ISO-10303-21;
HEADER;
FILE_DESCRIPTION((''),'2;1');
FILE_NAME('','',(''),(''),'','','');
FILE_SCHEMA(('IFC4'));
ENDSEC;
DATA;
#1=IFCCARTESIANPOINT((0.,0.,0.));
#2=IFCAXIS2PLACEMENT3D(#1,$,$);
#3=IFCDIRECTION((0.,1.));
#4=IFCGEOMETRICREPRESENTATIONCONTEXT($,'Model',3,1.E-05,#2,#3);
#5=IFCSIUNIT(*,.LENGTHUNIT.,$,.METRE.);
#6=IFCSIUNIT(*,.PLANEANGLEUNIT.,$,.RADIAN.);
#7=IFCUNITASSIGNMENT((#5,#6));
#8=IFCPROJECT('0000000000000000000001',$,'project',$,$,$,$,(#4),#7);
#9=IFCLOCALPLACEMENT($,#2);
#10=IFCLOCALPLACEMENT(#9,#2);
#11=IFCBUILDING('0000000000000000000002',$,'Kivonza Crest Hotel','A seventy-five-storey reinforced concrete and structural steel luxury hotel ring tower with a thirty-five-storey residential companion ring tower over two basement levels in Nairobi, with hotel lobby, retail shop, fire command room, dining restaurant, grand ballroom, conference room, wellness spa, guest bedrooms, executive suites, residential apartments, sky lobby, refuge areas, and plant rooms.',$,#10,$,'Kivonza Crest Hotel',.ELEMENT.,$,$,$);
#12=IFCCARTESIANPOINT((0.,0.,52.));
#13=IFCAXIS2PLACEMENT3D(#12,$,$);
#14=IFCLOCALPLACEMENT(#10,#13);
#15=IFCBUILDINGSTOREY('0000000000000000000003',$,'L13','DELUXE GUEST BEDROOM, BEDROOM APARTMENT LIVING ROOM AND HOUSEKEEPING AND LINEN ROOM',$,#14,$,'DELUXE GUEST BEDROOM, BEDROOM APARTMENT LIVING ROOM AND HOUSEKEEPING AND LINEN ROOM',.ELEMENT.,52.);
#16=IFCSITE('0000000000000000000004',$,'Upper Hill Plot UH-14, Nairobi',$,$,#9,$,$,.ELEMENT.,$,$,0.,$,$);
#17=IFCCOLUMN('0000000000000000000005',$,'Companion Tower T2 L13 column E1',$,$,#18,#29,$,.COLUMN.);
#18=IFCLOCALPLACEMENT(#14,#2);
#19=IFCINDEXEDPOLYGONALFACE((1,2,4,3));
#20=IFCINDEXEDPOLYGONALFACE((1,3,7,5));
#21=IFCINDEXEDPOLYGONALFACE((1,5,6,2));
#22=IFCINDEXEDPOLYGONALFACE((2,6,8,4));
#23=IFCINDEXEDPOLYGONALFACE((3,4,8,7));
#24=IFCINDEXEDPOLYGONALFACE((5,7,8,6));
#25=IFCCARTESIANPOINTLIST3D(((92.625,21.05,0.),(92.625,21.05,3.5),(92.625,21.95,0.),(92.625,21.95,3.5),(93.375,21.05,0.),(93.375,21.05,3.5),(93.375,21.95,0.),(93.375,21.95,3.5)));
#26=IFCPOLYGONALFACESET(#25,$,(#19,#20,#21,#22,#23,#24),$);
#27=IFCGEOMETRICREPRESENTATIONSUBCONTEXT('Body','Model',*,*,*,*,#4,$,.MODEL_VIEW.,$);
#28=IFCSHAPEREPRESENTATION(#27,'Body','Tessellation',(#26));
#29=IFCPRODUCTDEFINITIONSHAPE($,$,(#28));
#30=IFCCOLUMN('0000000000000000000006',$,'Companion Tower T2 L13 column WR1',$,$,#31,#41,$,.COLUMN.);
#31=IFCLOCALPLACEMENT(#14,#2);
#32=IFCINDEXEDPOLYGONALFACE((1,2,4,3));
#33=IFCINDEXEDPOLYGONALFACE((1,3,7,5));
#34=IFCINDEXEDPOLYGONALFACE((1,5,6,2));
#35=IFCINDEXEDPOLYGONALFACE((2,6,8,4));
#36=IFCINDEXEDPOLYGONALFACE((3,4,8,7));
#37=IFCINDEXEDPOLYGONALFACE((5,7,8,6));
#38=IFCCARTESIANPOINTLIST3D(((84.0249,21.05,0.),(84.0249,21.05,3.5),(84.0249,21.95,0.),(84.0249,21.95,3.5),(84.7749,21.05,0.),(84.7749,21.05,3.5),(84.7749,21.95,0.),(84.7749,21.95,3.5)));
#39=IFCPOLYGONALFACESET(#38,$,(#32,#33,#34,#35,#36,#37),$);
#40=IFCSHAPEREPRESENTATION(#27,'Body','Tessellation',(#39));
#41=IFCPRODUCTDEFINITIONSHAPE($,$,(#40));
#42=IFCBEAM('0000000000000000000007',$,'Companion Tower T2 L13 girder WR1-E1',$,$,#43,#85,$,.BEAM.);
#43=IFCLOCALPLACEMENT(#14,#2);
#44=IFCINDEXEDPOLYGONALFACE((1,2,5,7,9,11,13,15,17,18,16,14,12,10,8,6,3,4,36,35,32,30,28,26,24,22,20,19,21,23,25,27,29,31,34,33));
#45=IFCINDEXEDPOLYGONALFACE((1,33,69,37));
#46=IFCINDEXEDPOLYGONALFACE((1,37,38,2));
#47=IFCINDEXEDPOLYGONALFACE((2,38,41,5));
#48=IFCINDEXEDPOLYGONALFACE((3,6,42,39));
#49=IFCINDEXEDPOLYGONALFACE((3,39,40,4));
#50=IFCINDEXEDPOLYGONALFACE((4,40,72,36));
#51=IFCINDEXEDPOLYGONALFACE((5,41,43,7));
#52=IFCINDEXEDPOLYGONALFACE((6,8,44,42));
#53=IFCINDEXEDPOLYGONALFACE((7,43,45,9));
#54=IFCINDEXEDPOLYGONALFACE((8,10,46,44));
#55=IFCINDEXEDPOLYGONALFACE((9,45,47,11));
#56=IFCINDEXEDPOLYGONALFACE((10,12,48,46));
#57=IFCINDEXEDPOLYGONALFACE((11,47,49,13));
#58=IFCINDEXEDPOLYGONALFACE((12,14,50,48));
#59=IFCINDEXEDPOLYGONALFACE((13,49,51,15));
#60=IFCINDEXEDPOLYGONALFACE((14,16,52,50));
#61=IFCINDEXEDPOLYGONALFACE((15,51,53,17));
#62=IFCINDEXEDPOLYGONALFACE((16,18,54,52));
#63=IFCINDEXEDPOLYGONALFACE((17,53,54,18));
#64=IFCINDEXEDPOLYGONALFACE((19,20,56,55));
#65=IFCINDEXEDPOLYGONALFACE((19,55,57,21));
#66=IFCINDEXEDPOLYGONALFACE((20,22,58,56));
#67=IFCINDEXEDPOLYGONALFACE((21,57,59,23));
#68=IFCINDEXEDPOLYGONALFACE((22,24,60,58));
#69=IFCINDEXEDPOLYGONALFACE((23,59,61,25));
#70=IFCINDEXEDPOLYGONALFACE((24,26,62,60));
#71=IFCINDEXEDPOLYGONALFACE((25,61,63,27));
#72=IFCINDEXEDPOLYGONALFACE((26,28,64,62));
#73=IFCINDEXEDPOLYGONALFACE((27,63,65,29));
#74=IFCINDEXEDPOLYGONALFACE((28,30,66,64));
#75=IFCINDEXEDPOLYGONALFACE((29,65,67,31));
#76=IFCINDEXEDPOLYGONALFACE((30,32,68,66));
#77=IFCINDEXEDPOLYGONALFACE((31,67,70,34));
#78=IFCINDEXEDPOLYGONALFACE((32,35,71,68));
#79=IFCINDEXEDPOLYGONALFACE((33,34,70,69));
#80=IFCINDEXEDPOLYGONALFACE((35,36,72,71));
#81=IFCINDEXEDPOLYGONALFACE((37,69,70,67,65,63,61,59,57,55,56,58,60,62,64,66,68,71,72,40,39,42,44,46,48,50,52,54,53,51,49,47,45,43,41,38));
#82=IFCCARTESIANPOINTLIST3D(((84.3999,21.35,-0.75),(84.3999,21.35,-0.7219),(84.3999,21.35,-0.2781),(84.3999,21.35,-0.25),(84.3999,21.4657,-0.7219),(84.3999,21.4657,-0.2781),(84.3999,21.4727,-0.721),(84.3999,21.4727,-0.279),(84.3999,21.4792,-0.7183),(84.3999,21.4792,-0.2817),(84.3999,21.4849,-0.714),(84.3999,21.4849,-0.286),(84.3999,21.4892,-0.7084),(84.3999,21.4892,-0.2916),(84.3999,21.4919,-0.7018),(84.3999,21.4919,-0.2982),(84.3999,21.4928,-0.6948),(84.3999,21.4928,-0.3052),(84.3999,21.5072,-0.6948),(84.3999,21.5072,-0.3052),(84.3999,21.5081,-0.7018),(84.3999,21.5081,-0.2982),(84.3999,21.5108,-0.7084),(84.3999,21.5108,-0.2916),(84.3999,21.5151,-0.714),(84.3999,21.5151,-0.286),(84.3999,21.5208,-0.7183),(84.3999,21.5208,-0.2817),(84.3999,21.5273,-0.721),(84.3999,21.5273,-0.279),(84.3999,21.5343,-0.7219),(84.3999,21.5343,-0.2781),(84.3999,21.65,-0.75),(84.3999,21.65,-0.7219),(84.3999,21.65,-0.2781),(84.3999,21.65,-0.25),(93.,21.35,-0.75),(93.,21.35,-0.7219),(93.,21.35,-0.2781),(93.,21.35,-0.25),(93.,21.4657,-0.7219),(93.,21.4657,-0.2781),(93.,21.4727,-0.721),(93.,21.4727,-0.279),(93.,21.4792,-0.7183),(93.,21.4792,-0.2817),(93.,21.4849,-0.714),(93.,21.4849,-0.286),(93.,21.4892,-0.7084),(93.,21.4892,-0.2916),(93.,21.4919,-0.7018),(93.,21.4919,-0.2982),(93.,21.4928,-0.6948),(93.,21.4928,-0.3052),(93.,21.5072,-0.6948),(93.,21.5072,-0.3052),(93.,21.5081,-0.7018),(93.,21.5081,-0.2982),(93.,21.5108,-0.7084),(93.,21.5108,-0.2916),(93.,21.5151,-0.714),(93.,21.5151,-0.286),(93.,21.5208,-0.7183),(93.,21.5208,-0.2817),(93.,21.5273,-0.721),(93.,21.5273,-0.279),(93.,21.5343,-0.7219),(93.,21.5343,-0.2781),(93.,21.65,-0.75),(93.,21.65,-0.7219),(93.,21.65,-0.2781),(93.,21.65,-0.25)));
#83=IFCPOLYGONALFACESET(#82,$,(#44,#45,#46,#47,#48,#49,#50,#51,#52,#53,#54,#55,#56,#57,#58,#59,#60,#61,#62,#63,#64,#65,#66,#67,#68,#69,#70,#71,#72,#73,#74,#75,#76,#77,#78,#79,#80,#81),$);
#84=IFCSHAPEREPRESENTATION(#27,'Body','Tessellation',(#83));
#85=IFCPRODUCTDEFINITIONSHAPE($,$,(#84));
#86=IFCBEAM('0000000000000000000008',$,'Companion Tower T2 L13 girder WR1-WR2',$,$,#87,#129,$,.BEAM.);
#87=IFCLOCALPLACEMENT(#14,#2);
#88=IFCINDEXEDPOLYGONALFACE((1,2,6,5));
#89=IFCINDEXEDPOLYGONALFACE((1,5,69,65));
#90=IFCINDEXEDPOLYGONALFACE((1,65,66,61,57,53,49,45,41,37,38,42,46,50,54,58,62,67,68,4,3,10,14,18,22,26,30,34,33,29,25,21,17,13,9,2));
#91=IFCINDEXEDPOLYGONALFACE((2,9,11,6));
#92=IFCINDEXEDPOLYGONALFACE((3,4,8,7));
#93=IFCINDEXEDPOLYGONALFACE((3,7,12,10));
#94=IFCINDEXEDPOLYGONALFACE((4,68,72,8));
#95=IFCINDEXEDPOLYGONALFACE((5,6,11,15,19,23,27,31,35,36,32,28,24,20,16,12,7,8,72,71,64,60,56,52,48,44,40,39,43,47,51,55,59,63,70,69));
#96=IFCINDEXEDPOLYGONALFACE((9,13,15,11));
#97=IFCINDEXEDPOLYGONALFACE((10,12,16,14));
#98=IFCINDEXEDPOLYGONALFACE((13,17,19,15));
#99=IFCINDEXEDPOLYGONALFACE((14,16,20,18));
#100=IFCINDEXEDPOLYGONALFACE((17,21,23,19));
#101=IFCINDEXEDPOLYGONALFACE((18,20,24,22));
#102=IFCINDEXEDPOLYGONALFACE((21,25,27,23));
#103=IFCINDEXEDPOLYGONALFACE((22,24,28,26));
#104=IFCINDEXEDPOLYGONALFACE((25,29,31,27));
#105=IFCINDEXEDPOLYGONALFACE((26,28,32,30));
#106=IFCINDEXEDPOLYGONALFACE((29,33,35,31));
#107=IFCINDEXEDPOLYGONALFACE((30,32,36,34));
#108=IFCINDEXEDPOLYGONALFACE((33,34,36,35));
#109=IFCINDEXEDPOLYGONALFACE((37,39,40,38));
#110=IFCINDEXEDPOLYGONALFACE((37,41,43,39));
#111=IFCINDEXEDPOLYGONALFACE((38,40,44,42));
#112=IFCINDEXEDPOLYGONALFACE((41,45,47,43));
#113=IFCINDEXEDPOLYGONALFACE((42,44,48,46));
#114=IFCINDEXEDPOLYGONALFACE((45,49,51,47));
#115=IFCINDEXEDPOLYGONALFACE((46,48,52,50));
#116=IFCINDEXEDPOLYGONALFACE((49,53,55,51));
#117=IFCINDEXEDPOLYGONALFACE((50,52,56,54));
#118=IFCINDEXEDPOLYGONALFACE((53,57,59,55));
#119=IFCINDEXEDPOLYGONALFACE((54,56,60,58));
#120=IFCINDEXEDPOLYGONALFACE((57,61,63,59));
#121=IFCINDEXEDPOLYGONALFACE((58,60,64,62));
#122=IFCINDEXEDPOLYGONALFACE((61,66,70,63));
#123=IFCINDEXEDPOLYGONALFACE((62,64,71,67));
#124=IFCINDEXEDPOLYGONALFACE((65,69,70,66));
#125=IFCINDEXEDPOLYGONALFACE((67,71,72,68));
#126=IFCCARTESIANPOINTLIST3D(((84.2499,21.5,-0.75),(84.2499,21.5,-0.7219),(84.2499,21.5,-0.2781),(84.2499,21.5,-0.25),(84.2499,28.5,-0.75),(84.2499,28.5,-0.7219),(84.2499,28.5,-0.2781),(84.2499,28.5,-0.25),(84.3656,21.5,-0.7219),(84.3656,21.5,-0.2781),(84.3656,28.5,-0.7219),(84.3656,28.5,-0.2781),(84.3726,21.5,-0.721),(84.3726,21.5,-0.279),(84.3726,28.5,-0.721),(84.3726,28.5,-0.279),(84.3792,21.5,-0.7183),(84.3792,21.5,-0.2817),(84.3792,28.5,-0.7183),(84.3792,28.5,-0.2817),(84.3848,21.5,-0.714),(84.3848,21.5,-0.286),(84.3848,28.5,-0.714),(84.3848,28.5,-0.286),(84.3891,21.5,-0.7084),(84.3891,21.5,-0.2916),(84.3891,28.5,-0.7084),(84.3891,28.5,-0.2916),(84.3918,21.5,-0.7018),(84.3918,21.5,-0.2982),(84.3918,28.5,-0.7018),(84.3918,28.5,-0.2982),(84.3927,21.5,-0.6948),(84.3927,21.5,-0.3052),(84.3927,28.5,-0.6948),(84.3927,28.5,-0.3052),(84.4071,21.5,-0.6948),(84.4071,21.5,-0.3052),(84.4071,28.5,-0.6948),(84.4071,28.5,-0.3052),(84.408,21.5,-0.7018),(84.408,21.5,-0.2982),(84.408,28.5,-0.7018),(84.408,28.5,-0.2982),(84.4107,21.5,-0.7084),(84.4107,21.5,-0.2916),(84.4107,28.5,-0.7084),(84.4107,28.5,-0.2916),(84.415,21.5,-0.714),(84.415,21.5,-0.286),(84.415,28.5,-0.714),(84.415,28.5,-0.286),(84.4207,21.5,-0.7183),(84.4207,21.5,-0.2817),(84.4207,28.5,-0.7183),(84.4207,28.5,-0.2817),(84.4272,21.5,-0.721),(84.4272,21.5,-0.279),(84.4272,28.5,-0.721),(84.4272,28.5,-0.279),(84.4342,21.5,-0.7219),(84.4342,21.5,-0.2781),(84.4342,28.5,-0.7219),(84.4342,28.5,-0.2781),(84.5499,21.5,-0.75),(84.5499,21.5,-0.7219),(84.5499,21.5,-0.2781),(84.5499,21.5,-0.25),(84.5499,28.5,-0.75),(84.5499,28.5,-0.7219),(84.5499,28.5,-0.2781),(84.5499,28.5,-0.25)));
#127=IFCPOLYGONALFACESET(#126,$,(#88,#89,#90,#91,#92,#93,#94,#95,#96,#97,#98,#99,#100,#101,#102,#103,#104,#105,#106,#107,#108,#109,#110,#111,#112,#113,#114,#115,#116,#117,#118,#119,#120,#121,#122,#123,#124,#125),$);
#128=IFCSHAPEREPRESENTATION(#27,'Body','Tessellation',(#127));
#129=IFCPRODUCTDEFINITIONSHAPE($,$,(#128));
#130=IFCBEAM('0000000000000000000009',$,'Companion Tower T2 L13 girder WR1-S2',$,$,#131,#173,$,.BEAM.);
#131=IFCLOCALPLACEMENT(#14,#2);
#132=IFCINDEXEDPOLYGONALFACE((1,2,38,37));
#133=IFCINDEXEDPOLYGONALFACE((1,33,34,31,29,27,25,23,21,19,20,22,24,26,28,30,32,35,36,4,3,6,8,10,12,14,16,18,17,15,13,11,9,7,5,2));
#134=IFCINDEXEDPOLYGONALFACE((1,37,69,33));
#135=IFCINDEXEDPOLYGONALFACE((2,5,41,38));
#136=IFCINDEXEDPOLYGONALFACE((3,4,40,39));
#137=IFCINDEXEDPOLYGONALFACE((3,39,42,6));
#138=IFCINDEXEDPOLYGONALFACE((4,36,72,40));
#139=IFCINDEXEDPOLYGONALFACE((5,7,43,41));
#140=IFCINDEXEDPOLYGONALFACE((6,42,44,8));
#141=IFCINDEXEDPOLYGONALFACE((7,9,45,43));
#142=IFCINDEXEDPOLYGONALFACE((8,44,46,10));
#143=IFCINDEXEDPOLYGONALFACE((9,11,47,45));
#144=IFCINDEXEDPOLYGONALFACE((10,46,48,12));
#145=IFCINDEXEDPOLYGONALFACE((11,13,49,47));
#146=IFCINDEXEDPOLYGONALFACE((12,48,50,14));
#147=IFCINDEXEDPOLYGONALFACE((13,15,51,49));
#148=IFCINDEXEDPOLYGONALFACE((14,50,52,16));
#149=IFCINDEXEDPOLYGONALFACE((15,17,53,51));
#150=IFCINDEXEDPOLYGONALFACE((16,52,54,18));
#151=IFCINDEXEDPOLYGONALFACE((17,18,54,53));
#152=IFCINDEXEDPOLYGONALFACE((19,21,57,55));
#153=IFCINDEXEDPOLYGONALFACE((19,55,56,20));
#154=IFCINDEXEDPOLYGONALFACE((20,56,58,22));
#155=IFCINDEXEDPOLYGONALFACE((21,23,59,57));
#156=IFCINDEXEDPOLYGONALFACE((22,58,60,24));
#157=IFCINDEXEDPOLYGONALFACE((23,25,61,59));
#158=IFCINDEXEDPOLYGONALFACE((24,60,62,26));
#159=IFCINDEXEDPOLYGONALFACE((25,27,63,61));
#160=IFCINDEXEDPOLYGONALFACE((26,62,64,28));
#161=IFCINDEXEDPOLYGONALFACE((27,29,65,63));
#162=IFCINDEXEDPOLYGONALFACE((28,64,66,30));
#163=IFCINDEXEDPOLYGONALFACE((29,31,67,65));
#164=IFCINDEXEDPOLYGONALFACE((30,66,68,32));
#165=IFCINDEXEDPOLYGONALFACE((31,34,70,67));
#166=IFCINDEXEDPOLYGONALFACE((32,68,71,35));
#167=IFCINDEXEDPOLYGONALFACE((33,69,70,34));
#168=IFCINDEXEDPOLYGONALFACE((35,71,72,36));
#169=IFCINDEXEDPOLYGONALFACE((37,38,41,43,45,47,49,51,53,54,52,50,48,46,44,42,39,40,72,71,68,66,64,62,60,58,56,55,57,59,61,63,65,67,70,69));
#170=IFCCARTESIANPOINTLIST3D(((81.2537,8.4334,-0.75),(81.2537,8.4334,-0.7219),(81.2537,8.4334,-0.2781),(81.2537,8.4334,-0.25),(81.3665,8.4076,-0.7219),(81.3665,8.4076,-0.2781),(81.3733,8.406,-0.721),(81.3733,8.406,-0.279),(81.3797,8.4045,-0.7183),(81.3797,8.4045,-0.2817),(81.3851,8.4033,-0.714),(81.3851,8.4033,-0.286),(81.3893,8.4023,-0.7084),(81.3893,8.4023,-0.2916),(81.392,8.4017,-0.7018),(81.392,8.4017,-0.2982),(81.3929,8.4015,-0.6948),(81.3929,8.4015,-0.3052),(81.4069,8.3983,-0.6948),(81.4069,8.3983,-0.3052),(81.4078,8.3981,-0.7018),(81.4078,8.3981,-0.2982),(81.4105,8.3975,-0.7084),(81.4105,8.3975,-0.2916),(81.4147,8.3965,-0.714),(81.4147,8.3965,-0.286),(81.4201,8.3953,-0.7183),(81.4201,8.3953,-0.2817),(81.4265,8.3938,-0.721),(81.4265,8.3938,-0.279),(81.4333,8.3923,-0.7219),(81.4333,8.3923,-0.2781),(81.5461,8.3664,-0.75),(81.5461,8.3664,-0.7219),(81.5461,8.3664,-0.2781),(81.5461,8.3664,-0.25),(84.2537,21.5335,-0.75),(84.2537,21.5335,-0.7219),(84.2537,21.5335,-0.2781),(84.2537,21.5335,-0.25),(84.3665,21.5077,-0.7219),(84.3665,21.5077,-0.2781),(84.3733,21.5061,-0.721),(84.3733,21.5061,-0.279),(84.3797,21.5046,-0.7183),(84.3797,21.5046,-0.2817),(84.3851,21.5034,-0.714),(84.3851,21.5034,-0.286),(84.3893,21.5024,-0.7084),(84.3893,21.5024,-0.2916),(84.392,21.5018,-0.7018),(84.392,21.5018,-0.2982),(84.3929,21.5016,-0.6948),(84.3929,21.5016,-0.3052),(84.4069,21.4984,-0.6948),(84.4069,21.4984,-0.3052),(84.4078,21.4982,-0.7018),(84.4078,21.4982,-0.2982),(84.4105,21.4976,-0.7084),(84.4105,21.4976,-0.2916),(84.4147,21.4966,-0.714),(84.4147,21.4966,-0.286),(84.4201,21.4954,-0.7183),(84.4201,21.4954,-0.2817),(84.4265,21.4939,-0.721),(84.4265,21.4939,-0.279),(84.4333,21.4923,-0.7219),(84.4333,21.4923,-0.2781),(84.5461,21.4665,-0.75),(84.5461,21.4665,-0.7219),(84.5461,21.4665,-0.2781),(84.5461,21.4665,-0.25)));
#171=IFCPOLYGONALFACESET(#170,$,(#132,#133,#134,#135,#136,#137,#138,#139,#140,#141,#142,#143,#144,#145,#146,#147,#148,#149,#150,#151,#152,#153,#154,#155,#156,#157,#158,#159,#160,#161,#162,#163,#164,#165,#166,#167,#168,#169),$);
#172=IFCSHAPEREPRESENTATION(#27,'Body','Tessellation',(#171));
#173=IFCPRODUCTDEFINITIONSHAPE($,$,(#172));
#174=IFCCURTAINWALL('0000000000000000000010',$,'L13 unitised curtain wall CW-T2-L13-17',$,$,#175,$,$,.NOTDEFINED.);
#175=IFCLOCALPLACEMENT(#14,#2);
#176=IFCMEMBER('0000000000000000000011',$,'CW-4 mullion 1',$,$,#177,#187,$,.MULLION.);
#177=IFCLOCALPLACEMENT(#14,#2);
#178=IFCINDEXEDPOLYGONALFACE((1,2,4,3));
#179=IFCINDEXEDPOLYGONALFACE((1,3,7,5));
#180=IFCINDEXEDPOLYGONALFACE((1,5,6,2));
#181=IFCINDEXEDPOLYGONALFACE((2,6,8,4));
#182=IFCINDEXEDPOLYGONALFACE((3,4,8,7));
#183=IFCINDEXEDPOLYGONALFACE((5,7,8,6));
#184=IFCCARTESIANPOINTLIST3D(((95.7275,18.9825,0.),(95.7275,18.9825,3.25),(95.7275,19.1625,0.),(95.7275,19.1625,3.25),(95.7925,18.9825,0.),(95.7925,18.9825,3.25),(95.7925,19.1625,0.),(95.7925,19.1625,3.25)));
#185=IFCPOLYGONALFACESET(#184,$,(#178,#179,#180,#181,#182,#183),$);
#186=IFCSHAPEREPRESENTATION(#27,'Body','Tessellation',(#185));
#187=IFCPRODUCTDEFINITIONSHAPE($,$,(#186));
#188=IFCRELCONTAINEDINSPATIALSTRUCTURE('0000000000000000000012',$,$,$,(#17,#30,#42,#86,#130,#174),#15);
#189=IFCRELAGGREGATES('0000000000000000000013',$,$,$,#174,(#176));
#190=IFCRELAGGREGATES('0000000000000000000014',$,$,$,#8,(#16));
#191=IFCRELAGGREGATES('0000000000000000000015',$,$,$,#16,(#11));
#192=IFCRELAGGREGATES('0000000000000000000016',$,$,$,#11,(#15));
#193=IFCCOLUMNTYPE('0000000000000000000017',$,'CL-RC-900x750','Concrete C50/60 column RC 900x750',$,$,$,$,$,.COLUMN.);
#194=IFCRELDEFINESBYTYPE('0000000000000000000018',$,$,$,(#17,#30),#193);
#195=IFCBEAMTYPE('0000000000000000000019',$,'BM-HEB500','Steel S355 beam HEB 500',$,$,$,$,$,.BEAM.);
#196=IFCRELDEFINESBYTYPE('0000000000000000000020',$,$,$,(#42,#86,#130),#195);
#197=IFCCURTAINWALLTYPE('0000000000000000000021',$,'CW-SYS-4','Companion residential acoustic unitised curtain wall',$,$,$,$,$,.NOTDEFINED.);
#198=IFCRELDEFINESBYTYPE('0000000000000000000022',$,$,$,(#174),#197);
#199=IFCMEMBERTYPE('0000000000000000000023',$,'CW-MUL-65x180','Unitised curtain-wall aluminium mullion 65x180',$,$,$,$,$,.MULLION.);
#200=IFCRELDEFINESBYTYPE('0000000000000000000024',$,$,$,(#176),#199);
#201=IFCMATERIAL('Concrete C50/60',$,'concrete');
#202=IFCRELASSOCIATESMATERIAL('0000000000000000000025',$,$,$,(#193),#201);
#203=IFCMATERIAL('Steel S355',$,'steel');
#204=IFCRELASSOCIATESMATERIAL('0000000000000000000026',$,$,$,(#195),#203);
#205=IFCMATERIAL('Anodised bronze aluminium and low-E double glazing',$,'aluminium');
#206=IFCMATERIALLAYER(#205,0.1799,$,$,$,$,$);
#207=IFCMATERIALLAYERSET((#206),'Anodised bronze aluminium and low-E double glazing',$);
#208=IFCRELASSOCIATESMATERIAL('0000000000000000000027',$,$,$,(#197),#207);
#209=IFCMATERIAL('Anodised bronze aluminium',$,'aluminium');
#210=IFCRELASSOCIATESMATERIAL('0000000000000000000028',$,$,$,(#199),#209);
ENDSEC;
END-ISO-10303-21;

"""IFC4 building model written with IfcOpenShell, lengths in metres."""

from ifc_helpers import new_model, si_unit, direction, frame, origin, origin_2d, place, context, subcontext, project, spatial, rectangle, i_section, extrude, material, layer, layer_set, material_profile, profile_set, type_object, element, aggregate, save


model = new_model("IFC4")

# Units and contexts
model_context = context("Model", 3, precision=1e-05, world=origin(), true_north=direction((0.0, 1.0)))
body_context = subcontext(model_context, "Body", "Model", "MODEL_VIEW")
ifc_project = project(units=[si_unit("LENGTHUNIT", "METRE"), si_unit("PLANEANGLEUNIT", "RADIAN")], contexts=[model_context])

# Site, building, storey
site_placement = place(None, origin())
site = spatial("IfcSite", under=ifc_project, at=site_placement, Name="Upper Hill Plot UH-14, Nairobi", CompositionType="ELEMENT", RefElevation=0.0)
building_placement = place(site_placement, origin())
building = spatial("IfcBuilding", under=site, at=building_placement, Name="Kivonza Crest Hotel", Description="A seventy-five-storey reinforced concrete and structural steel luxury hotel ring tower with a thirty-five-storey residential companion ring tower over two basement levels in Nairobi, with hotel lobby, retail shop, fire command room, dining restaurant, grand ballroom, conference room, wellness spa, guest bedrooms, executive suites, residential apartments, sky lobby, refuge areas, and plant rooms.", LongName="Kivonza Crest Hotel", CompositionType="ELEMENT")
storey_placement = place(building_placement, frame((0.0, 0.0, 52.0)))
storey = spatial("IfcBuildingStorey", under=building, at=storey_placement, Name="L13", Description="DELUXE GUEST BEDROOM, BEDROOM APARTMENT LIVING ROOM AND HOUSEKEEPING AND LINEN ROOM", LongName="DELUXE GUEST BEDROOM, BEDROOM APARTMENT LIVING ROOM AND HOUSEKEEPING AND LINEN ROOM", CompositionType="ELEMENT", Elevation=52.0)

# Columns
ifc_material_1 = material(Name="Concrete C50/60", Category="concrete")
ifc_material_profile_1 = material_profile(ifc_material_1, rectangle(XDim=0.75, YDim=0.8999, at=origin_2d()), Name="RC 900x750")
ifc_profile_set_1 = profile_set([ifc_material_profile_1], Name="Concrete C50/60")
column_type = type_object("IfcColumnType", Name="CL-RC-900x750", Description="Concrete C50/60 column RC 900x750", PredefinedType="COLUMN", material=ifc_profile_set_1)
for number, where, z_axis, x_axis, name in (
    (1, (93.0, 21.5, 0.0), (0.0, 0.0, 1.0), (1.0, 0.0, 0.0), "Companion Tower T2 L13 column E1"),
    (2, (84.3999, 21.5, 0.0), (0.0, 0.0, 1.0), (1.0, 0.0, 0.0), "Companion Tower T2 L13 column WR1"),
):
    element("IfcColumn", number, at=place(storey_placement, frame(where, z_axis=z_axis, x_axis=x_axis)), inside=storey, type_object=column_type, Name=name, PredefinedType="COLUMN", context=body_context, shape_type="SweptSolid", body=[
        extrude(rectangle(XDim=0.75, YDim=0.8999, at=origin_2d()), origin(), (0.0, 0.0, 1.0), 3.5),
    ])

# Beams
ifc_material_2 = material(Name="Steel S355", Category="steel")
ifc_material_profile_2 = material_profile(ifc_material_2, i_section(OverallWidth=0.3, OverallDepth=0.5, WebThickness=0.0144, FlangeThickness=0.0281, FilletRadius=0.0271, at=origin_2d()), Name="HEB 500")
ifc_profile_set_2 = profile_set([ifc_material_profile_2], Name="Steel S355")
beam_type = type_object("IfcBeamType", Name="BM-HEB500", Description="Steel S355 beam HEB 500", PredefinedType="BEAM", material=ifc_profile_set_2)
beam_1_placement = place(storey_placement, frame((84.3999, 21.5, -0.5), z_axis=(1.0, 0.0, 0.0), x_axis=(0.0, 1.0, 0.0)))
element("IfcBeam", 3, at=beam_1_placement, inside=storey, type_object=beam_type, Name="Companion Tower T2 L13 girder WR1-E1", PredefinedType="BEAM", context=body_context, shape_type="SweptSolid", body=[
    extrude(i_section(OverallWidth=0.3, OverallDepth=0.5, WebThickness=0.0144, FlangeThickness=0.0281, FilletRadius=0.0271, at=origin_2d()), origin(), (0.0, 0.0, 1.0), 8.6001),
])
beam_2_placement = place(storey_placement, frame((84.3999, 21.5, -0.5), z_axis=(0.0, 1.0, 0.0), x_axis=(-1.0, 0.0, 0.0)))
element("IfcBeam", 4, at=beam_2_placement, inside=storey, type_object=beam_type, Name="Companion Tower T2 L13 girder WR1-WR2", PredefinedType="BEAM", context=body_context, shape_type="SweptSolid", body=[
    extrude(i_section(OverallWidth=0.3, OverallDepth=0.5, WebThickness=0.0144, FlangeThickness=0.0281, FilletRadius=0.0271, at=origin_2d()), origin(), (0.0, 0.0, 1.0), 7.0),
])
beam_3_placement = place(storey_placement, frame((84.3999, 21.5, -0.5), z_axis=(-0.223227, -0.974766, 0.0), x_axis=(0.974766, -0.223227, 0.0)))
element("IfcBeam", 5, at=beam_3_placement, inside=storey, type_object=beam_type, Name="Companion Tower T2 L13 girder WR1-S2", PredefinedType="BEAM", context=body_context, shape_type="SweptSolid", body=[
    extrude(i_section(OverallWidth=0.3, OverallDepth=0.5, WebThickness=0.0144, FlangeThickness=0.0281, FilletRadius=0.0271, at=origin_2d()), origin(), (0.0, 0.0, 1.0), 13.4392),
])

# Curtain wall, member
ifc_material_3 = material(Name="Anodised bronze aluminium and low-E double glazing", Category="aluminium")
ifc_layer_1 = layer(ifc_material_3, 0.1799)
ifc_layer_set_1 = layer_set([ifc_layer_1], Name="Anodised bronze aluminium and low-E double glazing")
curtain_wall_type = type_object("IfcCurtainWallType", Name="CW-SYS-4", Description="Companion residential acoustic unitised curtain wall", PredefinedType="NOTDEFINED", material=ifc_layer_set_1)
curtain_wall_placement = place(storey_placement, origin())
curtain_wall = element("IfcCurtainWall", 6, at=curtain_wall_placement, inside=storey, type_object=curtain_wall_type, Name="L13 unitised curtain wall CW-T2-L13-17", PredefinedType="NOTDEFINED")
ifc_material_4 = material(Name="Anodised bronze aluminium", Category="aluminium")
ifc_material_profile_3 = material_profile(ifc_material_4, rectangle(XDim=0.0649, YDim=0.1799, at=origin_2d()), Name="CW-M 65x180")
ifc_profile_set_3 = profile_set([ifc_material_profile_3], Name="Anodised bronze aluminium")
member_type_1 = type_object("IfcMemberType", Name="CW-MUL-65x180", Description="Unitised curtain-wall aluminium mullion 65x180", PredefinedType="MULLION", material=ifc_profile_set_3)
member_1_placement = place(storey_placement, frame((95.76, 19.0725, 0.0), z_axis=(0.0, 0.0, 1.0), x_axis=(-1.0, 0.0, 0.0)))
member_1 = element("IfcMember", 7, at=member_1_placement, type_object=member_type_1, Name="CW-4 mullion 1", PredefinedType="MULLION", context=body_context, shape_type="SweptSolid", body=[
    extrude(rectangle(XDim=0.0649, YDim=0.1799, at=origin_2d()), origin(), (0.0, 0.0, 1.0), 3.25),
])
aggregate(curtain_wall, [member_1])

save(model, "model.ifc")
